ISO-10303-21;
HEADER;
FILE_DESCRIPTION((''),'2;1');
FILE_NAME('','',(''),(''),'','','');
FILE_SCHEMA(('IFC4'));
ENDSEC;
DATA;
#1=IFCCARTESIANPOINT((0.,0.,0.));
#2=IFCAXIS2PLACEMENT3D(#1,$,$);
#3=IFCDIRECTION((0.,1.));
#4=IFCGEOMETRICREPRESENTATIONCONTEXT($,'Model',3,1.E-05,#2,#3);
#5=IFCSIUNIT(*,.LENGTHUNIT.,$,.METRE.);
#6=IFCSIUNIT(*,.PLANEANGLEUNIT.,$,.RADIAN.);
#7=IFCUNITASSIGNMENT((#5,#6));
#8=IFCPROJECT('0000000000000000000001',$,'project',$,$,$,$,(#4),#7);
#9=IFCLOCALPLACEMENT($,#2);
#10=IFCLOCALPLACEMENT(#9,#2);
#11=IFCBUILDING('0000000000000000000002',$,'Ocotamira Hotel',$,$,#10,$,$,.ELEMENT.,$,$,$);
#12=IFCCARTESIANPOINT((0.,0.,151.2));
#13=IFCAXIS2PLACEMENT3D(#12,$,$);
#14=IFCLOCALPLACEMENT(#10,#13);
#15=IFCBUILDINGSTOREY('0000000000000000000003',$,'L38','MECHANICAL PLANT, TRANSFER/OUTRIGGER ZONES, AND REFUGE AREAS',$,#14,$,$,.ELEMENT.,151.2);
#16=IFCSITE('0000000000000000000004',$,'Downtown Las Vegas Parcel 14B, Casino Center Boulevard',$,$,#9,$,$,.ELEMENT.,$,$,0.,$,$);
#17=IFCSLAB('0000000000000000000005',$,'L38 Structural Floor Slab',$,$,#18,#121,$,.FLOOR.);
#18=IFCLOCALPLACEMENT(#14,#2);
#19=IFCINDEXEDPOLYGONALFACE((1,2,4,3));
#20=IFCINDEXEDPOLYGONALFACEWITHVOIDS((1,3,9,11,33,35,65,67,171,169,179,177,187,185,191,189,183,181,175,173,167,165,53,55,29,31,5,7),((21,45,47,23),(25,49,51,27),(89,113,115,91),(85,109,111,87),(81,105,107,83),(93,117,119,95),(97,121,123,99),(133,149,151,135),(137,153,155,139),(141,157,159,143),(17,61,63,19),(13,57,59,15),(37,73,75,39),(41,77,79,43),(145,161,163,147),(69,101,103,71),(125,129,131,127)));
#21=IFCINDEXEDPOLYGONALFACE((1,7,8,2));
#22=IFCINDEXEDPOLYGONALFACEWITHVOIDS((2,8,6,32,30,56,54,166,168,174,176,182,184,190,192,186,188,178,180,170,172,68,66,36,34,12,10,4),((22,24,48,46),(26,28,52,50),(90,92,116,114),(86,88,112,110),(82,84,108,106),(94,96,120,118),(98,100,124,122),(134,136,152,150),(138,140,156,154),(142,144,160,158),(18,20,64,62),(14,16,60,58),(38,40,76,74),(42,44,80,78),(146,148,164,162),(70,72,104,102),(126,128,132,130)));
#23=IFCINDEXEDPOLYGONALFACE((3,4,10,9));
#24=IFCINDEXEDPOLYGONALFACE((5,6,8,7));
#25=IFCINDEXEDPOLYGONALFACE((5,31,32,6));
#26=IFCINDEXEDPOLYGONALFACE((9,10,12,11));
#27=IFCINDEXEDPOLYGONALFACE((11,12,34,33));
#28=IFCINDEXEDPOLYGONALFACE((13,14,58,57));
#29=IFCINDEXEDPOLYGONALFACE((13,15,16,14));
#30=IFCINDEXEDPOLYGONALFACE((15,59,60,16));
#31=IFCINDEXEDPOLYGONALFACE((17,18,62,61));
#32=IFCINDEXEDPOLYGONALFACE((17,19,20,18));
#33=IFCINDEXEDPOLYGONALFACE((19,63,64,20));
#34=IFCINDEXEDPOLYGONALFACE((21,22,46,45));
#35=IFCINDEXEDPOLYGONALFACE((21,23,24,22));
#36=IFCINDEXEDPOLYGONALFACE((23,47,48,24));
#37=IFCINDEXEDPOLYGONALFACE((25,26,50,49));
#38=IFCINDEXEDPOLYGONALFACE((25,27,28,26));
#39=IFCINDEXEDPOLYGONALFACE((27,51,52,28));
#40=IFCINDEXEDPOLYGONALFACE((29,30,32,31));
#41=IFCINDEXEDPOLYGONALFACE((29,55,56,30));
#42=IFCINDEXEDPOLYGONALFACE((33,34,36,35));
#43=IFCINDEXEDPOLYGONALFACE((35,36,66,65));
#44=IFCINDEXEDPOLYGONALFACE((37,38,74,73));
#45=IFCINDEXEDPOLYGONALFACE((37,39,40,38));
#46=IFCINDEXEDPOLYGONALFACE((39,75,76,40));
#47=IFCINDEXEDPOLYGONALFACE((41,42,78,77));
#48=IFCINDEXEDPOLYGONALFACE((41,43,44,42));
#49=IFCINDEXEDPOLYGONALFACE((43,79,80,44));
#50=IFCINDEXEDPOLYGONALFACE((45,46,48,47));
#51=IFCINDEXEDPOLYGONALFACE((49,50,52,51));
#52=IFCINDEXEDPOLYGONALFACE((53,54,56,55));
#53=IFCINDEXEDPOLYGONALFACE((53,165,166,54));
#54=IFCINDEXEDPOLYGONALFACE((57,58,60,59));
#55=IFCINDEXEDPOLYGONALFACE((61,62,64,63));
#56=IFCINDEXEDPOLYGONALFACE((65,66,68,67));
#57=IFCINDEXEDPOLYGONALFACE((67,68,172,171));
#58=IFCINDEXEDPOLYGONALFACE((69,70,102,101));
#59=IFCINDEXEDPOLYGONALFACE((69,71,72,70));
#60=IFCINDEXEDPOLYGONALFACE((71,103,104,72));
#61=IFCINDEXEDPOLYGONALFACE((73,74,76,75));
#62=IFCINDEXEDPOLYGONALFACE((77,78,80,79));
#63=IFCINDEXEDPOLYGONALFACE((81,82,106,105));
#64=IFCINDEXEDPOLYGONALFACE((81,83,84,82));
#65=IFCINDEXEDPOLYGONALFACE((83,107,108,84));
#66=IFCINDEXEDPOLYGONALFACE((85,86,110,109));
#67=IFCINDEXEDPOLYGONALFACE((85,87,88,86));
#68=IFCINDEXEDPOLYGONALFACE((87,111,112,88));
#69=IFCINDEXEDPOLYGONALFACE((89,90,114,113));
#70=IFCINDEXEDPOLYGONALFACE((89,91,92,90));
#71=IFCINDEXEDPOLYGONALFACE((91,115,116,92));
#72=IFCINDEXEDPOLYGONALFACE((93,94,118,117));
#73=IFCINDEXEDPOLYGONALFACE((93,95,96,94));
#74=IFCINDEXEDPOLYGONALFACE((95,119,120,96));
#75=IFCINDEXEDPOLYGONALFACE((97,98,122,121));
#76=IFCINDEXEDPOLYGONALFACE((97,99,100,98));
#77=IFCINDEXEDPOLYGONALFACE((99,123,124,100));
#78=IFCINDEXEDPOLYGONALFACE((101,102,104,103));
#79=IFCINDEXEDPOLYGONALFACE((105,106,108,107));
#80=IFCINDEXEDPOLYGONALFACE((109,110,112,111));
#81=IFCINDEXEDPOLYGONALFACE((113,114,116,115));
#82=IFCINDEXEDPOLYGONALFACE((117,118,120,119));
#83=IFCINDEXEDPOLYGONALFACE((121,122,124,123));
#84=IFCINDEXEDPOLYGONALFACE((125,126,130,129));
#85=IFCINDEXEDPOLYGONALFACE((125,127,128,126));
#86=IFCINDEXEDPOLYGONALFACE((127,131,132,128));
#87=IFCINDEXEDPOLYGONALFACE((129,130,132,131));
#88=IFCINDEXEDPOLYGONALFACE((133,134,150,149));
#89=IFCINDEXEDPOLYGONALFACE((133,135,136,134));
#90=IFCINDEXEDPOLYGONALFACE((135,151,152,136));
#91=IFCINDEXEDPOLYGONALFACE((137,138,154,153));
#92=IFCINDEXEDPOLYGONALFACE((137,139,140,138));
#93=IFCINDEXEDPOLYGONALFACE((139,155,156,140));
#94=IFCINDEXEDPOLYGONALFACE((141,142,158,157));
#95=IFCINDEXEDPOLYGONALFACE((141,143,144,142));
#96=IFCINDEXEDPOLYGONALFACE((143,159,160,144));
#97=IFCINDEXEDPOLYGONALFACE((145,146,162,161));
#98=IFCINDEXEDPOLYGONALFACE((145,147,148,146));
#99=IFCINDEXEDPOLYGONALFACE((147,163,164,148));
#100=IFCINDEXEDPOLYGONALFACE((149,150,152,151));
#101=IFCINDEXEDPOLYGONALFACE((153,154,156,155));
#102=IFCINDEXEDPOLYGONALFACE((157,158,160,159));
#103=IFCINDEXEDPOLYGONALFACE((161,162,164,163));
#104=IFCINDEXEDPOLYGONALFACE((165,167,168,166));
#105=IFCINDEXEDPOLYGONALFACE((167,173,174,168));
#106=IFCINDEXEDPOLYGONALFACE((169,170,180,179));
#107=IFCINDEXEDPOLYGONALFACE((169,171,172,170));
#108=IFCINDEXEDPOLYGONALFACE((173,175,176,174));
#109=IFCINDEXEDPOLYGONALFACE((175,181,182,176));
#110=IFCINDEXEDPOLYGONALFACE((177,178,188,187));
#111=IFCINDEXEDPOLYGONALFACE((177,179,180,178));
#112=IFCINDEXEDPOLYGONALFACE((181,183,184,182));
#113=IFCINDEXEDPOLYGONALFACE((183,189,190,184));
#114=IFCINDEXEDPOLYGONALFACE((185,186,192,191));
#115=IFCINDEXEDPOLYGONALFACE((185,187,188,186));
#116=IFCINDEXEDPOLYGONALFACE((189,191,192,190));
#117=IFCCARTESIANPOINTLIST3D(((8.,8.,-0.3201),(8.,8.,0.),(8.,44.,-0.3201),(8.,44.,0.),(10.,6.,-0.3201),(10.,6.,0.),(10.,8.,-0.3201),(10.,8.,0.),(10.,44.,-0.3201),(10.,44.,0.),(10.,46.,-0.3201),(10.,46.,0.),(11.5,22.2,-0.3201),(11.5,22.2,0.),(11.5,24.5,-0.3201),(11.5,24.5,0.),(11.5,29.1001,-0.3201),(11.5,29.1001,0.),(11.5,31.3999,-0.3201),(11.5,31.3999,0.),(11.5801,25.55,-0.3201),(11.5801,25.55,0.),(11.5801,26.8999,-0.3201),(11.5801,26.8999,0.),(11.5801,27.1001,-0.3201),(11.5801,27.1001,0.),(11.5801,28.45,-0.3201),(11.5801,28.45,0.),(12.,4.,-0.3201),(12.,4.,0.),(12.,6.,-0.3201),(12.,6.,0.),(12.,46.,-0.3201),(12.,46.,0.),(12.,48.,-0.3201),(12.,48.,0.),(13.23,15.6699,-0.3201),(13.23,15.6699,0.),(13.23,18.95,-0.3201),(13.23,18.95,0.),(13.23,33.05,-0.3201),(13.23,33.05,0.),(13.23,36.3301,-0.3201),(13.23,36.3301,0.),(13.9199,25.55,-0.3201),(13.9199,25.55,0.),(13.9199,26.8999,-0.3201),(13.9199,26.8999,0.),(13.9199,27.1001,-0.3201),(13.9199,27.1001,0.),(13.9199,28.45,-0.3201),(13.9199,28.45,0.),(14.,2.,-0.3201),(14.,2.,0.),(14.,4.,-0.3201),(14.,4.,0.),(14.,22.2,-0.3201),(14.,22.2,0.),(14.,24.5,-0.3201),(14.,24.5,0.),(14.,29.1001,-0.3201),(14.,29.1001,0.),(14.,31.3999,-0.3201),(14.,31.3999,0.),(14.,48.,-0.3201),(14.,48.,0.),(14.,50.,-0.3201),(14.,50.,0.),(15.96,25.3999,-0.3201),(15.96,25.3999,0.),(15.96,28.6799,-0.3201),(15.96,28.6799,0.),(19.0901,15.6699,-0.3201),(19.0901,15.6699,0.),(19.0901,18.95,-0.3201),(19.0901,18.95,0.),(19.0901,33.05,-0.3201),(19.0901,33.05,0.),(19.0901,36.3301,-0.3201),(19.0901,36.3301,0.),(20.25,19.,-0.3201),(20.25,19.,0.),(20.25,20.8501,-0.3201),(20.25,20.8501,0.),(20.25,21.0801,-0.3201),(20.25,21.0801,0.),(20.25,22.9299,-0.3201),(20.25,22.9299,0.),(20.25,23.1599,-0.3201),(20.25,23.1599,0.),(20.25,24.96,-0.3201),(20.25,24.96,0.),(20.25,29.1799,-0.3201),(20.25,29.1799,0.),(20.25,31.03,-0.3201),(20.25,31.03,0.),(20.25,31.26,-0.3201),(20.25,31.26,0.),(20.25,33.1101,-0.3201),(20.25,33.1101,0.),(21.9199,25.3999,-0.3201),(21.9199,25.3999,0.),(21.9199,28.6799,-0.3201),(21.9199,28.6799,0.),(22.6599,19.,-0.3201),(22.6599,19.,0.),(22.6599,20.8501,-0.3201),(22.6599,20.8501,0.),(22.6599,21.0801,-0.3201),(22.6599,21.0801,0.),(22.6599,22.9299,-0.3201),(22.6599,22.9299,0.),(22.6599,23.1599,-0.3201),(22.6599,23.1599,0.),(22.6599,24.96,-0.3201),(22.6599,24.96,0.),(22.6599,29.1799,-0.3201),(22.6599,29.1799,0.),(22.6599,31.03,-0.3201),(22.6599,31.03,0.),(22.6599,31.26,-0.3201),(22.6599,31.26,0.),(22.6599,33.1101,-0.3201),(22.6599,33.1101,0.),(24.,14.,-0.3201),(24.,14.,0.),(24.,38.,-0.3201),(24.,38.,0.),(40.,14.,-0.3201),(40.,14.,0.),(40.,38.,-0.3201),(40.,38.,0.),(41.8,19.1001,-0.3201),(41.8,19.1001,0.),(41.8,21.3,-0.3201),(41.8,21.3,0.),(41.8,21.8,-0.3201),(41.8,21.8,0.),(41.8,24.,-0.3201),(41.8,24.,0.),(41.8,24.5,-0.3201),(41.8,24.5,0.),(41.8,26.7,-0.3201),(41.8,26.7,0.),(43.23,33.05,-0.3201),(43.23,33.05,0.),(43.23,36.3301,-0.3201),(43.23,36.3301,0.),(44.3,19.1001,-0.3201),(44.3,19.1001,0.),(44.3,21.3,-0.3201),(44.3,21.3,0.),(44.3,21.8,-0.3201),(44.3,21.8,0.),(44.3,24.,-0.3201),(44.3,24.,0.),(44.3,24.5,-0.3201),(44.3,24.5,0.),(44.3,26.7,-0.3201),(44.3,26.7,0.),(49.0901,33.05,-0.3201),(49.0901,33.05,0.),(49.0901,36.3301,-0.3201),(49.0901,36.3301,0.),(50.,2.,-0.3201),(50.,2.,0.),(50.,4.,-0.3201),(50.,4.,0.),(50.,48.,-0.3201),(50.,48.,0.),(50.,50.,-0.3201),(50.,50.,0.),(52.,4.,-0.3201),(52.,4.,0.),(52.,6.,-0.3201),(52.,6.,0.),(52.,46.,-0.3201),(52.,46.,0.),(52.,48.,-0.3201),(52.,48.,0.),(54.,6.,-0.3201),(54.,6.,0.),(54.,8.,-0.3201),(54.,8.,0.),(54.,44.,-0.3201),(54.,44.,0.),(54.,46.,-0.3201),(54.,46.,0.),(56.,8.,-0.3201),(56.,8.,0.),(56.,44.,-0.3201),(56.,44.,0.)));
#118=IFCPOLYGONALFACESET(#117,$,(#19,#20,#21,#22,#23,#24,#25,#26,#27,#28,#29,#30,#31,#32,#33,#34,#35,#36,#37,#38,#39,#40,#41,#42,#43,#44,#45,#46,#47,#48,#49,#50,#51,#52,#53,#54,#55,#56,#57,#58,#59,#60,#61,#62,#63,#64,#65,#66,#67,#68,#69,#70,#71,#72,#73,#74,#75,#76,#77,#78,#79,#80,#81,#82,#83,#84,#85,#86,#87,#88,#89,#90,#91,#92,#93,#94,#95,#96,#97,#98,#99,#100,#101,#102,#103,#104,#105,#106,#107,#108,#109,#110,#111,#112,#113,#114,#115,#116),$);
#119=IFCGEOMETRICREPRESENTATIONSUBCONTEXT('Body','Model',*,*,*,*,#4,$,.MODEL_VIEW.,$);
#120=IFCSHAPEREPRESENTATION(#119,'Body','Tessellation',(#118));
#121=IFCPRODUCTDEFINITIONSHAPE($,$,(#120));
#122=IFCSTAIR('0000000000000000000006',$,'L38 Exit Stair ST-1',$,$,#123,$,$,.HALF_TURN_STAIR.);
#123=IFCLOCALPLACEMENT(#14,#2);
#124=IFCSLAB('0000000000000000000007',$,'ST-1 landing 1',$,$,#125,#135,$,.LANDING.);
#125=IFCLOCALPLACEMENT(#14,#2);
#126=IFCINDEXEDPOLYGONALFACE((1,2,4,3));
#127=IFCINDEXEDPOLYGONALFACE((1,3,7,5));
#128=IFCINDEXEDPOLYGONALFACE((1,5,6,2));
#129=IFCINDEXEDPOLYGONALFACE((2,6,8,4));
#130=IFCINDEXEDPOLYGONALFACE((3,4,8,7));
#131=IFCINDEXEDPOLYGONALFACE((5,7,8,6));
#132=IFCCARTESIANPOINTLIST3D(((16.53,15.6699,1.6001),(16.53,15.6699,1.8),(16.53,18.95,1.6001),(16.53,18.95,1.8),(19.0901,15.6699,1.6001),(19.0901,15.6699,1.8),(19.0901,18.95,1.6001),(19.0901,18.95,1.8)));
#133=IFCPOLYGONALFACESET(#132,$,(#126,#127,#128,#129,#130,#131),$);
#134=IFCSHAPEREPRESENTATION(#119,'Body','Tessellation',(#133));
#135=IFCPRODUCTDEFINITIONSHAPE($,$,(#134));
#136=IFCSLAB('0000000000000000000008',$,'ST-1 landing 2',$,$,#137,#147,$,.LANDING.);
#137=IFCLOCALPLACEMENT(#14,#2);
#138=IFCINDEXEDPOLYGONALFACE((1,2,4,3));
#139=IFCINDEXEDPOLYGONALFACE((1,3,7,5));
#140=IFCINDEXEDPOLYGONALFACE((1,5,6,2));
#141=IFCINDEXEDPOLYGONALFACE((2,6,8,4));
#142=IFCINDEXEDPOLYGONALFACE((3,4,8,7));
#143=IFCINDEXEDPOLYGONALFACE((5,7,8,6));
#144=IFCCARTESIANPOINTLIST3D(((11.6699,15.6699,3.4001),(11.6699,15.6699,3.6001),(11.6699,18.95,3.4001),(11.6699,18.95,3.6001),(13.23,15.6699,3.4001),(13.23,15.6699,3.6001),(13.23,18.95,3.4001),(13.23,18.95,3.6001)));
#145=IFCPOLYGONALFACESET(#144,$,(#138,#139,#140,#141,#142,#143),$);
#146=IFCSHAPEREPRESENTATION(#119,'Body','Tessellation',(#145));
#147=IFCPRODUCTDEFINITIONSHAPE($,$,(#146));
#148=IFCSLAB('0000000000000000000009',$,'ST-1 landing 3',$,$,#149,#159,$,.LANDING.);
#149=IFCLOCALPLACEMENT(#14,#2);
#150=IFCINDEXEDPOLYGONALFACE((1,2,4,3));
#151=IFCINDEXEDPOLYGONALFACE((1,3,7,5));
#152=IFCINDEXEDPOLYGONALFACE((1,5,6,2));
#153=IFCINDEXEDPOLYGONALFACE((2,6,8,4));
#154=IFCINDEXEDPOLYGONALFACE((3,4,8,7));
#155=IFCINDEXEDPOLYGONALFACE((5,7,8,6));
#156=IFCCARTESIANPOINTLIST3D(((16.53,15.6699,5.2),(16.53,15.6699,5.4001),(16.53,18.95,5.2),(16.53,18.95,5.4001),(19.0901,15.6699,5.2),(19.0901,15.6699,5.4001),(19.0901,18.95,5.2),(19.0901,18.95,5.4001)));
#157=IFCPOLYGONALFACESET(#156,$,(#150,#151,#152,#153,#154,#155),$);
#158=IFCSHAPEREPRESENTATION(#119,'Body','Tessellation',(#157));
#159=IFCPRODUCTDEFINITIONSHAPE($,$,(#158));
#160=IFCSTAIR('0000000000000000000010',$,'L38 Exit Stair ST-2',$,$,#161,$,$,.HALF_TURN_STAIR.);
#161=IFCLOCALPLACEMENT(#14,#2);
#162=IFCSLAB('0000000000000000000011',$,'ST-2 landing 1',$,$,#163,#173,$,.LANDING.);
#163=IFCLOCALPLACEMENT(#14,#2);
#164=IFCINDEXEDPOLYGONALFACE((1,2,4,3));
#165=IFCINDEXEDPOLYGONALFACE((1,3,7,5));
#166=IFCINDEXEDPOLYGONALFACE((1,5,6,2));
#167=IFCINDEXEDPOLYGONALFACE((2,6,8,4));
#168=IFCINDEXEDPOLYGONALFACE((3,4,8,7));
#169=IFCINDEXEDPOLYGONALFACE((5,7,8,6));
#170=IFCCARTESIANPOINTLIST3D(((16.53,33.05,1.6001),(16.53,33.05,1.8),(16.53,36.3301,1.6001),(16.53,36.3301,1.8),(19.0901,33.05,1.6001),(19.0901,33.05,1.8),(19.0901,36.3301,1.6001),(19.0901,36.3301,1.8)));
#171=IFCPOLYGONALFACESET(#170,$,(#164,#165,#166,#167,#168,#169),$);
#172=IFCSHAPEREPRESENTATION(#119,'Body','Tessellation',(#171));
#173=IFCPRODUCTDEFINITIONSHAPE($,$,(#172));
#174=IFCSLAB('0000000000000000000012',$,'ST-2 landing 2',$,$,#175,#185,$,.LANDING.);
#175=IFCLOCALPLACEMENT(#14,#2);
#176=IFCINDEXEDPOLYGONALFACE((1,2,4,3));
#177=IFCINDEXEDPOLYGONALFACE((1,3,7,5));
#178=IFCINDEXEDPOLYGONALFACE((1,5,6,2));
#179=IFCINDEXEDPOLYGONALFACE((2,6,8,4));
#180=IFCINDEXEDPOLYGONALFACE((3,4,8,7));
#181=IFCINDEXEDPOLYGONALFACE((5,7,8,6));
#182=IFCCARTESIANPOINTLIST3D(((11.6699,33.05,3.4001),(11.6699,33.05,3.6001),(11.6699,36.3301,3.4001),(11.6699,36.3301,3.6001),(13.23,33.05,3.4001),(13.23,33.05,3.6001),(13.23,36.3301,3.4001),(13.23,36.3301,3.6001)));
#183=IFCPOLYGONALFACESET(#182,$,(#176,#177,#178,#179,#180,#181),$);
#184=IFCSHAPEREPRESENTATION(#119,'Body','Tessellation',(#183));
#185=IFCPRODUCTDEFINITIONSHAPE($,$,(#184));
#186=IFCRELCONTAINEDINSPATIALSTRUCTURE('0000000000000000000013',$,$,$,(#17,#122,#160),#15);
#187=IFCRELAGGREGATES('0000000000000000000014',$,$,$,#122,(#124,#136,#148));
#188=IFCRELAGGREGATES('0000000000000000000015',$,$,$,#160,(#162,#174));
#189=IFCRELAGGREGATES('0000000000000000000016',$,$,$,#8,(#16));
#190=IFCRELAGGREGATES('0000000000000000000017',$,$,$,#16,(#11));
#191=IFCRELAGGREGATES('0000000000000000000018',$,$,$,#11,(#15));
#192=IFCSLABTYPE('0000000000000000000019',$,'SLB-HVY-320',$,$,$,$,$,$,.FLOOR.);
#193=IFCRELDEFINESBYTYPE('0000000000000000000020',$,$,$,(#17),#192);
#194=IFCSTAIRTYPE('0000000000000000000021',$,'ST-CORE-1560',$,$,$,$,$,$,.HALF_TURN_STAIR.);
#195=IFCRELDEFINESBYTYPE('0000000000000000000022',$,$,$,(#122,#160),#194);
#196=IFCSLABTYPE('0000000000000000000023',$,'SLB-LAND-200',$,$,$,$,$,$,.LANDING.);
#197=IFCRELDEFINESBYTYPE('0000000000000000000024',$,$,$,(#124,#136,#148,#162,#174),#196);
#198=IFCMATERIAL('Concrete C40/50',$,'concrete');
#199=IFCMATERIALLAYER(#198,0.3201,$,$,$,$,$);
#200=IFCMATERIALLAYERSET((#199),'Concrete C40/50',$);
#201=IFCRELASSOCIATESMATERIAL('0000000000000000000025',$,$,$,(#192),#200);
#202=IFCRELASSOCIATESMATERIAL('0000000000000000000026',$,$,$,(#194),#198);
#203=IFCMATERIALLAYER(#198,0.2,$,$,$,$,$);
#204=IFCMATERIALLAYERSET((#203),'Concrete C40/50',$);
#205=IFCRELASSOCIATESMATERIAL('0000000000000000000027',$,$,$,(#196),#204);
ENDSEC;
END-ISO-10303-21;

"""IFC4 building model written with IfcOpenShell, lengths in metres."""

from ifc_helpers import new_model, si_unit, direction, frame, origin, place, context, subcontext, project, spatial, polyline, outline, extrude, material, layer, layer_set, type_object, element, aggregate, save


model = new_model("IFC4")

# Units and contexts
model_context = context("Model", 3, precision=1e-05, world=origin(), true_north=direction((0.0, 1.0)))
body_context = subcontext(model_context, "Body", "Model", "MODEL_VIEW")
ifc_project = project(units=[si_unit("LENGTHUNIT", "METRE"), si_unit("PLANEANGLEUNIT", "RADIAN")], contexts=[model_context])

# Site, building, storey
site_placement = place(None, origin())
site = spatial("IfcSite", under=ifc_project, at=site_placement, Name="Downtown Las Vegas Parcel 14B, Casino Center Boulevard", CompositionType="ELEMENT", RefElevation=0.0)
building_placement = place(site_placement, origin())
building = spatial("IfcBuilding", under=site, at=building_placement, Name="Ocotamira Hotel", CompositionType="ELEMENT")
storey_placement = place(building_placement, frame((0.0, 0.0, 151.2)))
storey = spatial("IfcBuildingStorey", under=building, at=storey_placement, Name="L38", Description="MECHANICAL PLANT, TRANSFER/OUTRIGGER ZONES, AND REFUGE AREAS", CompositionType="ELEMENT", Elevation=151.2)

# Slab
ifc_material_1 = material(Name="Concrete C40/50", Category="concrete")
ifc_layer_1 = layer(ifc_material_1, 0.3201)
ifc_layer_set_1 = layer_set([ifc_layer_1], Name="Concrete C40/50")
slab_type_1 = type_object("IfcSlabType", Name="SLB-HVY-320", PredefinedType="FLOOR", material=ifc_layer_set_1)
slab_1_placement = place(storey_placement, frame((0.0, 0.0, -0.3201)))
element("IfcSlab", 1, at=slab_1_placement, inside=storey, type_object=slab_type_1, Name="L38 Structural Floor Slab", PredefinedType="FLOOR", context=body_context, shape_type="SweptSolid", body=[
    extrude(outline(polyline([(14.0, 2.0), (50.0, 2.0), (50.0, 4.0), (52.0, 4.0), (52.0, 6.0), (54.0, 6.0), (54.0, 8.0), (56.0, 8.0), (56.0, 44.0), (54.0, 44.0), (54.0, 46.0), (52.0, 46.0), (52.0, 48.0), (50.0, 48.0), (50.0, 50.0), (14.0, 50.0), (14.0, 48.0), (12.0, 48.0), (12.0, 46.0), (10.0, 46.0), (10.0, 44.0), (8.0, 44.0), (8.0, 8.0), (10.0, 8.0), (10.0, 6.0), (12.0, 6.0), (12.0, 4.0), (14.0, 4.0), (14.0, 2.0)]), holes=[polyline([(24.0, 14.0), (40.0, 14.0), (40.0, 38.0), (24.0, 38.0), (24.0, 14.0)]), polyline([(13.23, 15.6699), (19.0901, 15.6699), (19.0901, 18.95), (13.23, 18.95), (13.23, 15.6699)]), polyline([(13.23, 33.05), (19.0901, 33.05), (19.0901, 36.3301), (13.23, 36.3301), (13.23, 33.05)]), polyline([(15.96, 25.3999), (21.9199, 25.3999), (21.9199, 28.6799), (15.96, 28.6799), (15.96, 25.3999)]), polyline([(43.23, 33.05), (49.0901, 33.05), (49.0901, 36.3301), (43.23, 36.3301), (43.23, 33.05)]), polyline([(41.8, 19.1001), (44.3, 19.1001), (44.3, 21.3), (41.8, 21.3), (41.8, 19.1001)]), polyline([(41.8, 21.8), (44.3, 21.8), (44.3, 24.0), (41.8, 24.0), (41.8, 21.8)]), polyline([(41.8, 24.5), (44.3, 24.5), (44.3, 26.7), (41.8, 26.7), (41.8, 24.5)]), polyline([(20.25, 19.0), (22.6599, 19.0), (22.6599, 20.8501), (20.25, 20.8501), (20.25, 19.0)]), polyline([(20.25, 21.0801), (22.6599, 21.0801), (22.6599, 22.9299), (20.25, 22.9299), (20.25, 21.0801)]), polyline([(20.25, 23.1599), (22.6599, 23.1599), (22.6599, 24.96), (20.25, 24.96), (20.25, 23.1599)]), polyline([(20.25, 29.1799), (22.6599, 29.1799), (22.6599, 31.03), (20.25, 31.03), (20.25, 29.1799)]), polyline([(20.25, 31.26), (22.6599, 31.26), (22.6599, 33.1101), (20.25, 33.1101), (20.25, 31.26)]), polyline([(11.5, 22.2), (14.0, 22.2), (14.0, 24.5), (11.5, 24.5), (11.5, 22.2)]), polyline([(11.5, 29.1001), (14.0, 29.1001), (14.0, 31.3999), (11.5, 31.3999), (11.5, 29.1001)]), polyline([(11.5801, 25.55), (13.9199, 25.55), (13.9199, 26.8999), (11.5801, 26.8999), (11.5801, 25.55)]), polyline([(11.5801, 27.1001), (13.9199, 27.1001), (13.9199, 28.45), (11.5801, 28.45), (11.5801, 27.1001)])]), origin(), (0.0, 0.0, 1.0), 0.3201),
])

# Stairs, slabs
stair_type = type_object("IfcStairType", Name="ST-CORE-1560", PredefinedType="HALF_TURN_STAIR", material=ifc_material_1)
stair_1_placement = place(storey_placement, origin())
stair_1 = element("IfcStair", 2, at=stair_1_placement, inside=storey, type_object=stair_type, Name="L38 Exit Stair ST-1", PredefinedType="HALF_TURN_STAIR")
ifc_layer_2 = layer(ifc_material_1, 0.2)
ifc_layer_set_2 = layer_set([ifc_layer_2], Name="Concrete C40/50")
slab_type_2 = type_object("IfcSlabType", Name="SLB-LAND-200", PredefinedType="LANDING", material=ifc_layer_set_2)
slab_2_placement = place(storey_placement, frame((0.0, 0.0, 1.6001)))
slab_2 = element("IfcSlab", 3, at=slab_2_placement, type_object=slab_type_2, Name="ST-1 landing 1", PredefinedType="LANDING", context=body_context, shape_type="SweptSolid", body=[
    extrude(outline(polyline([(16.53, 15.6699), (19.0901, 15.6699), (19.0901, 18.95), (16.53, 18.95), (16.53, 15.6699)])), origin(), (0.0, 0.0, 1.0), 0.2),
])
slab_3_placement = place(storey_placement, frame((0.0, 0.0, 3.4001)))
slab_3 = element("IfcSlab", 4, at=slab_3_placement, type_object=slab_type_2, Name="ST-1 landing 2", PredefinedType="LANDING", context=body_context, shape_type="SweptSolid", body=[
    extrude(outline(polyline([(11.6699, 15.6699), (13.23, 15.6699), (13.23, 18.95), (11.6699, 18.95), (11.6699, 15.6699)])), origin(), (0.0, 0.0, 1.0), 0.2),
])
slab_4_placement = place(storey_placement, frame((0.0, 0.0, 5.2)))
slab_4 = element("IfcSlab", 5, at=slab_4_placement, type_object=slab_type_2, Name="ST-1 landing 3", PredefinedType="LANDING", context=body_context, shape_type="SweptSolid", body=[
    extrude(outline(polyline([(16.53, 15.6699), (19.0901, 15.6699), (19.0901, 18.95), (16.53, 18.95), (16.53, 15.6699)])), origin(), (0.0, 0.0, 1.0), 0.2002),
])
aggregate(stair_1, [slab_2, slab_3, slab_4])
stair_2_placement = place(storey_placement, origin())
stair_2 = element("IfcStair", 6, at=stair_2_placement, inside=storey, type_object=stair_type, Name="L38 Exit Stair ST-2", PredefinedType="HALF_TURN_STAIR")
slab_5_placement = place(storey_placement, frame((0.0, 0.0, 1.6001)))
slab_5 = element("IfcSlab", 7, at=slab_5_placement, type_object=slab_type_2, Name="ST-2 landing 1", PredefinedType="LANDING", context=body_context, shape_type="SweptSolid", body=[
    extrude(outline(polyline([(16.53, 33.05), (19.0901, 33.05), (19.0901, 36.3301), (16.53, 36.3301), (16.53, 33.05)])), origin(), (0.0, 0.0, 1.0), 0.2),
])
slab_6_placement = place(storey_placement, frame((0.0, 0.0, 3.4001)))
slab_6 = element("IfcSlab", 8, at=slab_6_placement, type_object=slab_type_2, Name="ST-2 landing 2", PredefinedType="LANDING", context=body_context, shape_type="SweptSolid", body=[
    extrude(outline(polyline([(11.6699, 33.05), (13.23, 33.05), (13.23, 36.3301), (11.6699, 36.3301), (11.6699, 33.05)])), origin(), (0.0, 0.0, 1.0), 0.2),
])
aggregate(stair_2, [slab_5, slab_6])

save(model, "model.ifc")
